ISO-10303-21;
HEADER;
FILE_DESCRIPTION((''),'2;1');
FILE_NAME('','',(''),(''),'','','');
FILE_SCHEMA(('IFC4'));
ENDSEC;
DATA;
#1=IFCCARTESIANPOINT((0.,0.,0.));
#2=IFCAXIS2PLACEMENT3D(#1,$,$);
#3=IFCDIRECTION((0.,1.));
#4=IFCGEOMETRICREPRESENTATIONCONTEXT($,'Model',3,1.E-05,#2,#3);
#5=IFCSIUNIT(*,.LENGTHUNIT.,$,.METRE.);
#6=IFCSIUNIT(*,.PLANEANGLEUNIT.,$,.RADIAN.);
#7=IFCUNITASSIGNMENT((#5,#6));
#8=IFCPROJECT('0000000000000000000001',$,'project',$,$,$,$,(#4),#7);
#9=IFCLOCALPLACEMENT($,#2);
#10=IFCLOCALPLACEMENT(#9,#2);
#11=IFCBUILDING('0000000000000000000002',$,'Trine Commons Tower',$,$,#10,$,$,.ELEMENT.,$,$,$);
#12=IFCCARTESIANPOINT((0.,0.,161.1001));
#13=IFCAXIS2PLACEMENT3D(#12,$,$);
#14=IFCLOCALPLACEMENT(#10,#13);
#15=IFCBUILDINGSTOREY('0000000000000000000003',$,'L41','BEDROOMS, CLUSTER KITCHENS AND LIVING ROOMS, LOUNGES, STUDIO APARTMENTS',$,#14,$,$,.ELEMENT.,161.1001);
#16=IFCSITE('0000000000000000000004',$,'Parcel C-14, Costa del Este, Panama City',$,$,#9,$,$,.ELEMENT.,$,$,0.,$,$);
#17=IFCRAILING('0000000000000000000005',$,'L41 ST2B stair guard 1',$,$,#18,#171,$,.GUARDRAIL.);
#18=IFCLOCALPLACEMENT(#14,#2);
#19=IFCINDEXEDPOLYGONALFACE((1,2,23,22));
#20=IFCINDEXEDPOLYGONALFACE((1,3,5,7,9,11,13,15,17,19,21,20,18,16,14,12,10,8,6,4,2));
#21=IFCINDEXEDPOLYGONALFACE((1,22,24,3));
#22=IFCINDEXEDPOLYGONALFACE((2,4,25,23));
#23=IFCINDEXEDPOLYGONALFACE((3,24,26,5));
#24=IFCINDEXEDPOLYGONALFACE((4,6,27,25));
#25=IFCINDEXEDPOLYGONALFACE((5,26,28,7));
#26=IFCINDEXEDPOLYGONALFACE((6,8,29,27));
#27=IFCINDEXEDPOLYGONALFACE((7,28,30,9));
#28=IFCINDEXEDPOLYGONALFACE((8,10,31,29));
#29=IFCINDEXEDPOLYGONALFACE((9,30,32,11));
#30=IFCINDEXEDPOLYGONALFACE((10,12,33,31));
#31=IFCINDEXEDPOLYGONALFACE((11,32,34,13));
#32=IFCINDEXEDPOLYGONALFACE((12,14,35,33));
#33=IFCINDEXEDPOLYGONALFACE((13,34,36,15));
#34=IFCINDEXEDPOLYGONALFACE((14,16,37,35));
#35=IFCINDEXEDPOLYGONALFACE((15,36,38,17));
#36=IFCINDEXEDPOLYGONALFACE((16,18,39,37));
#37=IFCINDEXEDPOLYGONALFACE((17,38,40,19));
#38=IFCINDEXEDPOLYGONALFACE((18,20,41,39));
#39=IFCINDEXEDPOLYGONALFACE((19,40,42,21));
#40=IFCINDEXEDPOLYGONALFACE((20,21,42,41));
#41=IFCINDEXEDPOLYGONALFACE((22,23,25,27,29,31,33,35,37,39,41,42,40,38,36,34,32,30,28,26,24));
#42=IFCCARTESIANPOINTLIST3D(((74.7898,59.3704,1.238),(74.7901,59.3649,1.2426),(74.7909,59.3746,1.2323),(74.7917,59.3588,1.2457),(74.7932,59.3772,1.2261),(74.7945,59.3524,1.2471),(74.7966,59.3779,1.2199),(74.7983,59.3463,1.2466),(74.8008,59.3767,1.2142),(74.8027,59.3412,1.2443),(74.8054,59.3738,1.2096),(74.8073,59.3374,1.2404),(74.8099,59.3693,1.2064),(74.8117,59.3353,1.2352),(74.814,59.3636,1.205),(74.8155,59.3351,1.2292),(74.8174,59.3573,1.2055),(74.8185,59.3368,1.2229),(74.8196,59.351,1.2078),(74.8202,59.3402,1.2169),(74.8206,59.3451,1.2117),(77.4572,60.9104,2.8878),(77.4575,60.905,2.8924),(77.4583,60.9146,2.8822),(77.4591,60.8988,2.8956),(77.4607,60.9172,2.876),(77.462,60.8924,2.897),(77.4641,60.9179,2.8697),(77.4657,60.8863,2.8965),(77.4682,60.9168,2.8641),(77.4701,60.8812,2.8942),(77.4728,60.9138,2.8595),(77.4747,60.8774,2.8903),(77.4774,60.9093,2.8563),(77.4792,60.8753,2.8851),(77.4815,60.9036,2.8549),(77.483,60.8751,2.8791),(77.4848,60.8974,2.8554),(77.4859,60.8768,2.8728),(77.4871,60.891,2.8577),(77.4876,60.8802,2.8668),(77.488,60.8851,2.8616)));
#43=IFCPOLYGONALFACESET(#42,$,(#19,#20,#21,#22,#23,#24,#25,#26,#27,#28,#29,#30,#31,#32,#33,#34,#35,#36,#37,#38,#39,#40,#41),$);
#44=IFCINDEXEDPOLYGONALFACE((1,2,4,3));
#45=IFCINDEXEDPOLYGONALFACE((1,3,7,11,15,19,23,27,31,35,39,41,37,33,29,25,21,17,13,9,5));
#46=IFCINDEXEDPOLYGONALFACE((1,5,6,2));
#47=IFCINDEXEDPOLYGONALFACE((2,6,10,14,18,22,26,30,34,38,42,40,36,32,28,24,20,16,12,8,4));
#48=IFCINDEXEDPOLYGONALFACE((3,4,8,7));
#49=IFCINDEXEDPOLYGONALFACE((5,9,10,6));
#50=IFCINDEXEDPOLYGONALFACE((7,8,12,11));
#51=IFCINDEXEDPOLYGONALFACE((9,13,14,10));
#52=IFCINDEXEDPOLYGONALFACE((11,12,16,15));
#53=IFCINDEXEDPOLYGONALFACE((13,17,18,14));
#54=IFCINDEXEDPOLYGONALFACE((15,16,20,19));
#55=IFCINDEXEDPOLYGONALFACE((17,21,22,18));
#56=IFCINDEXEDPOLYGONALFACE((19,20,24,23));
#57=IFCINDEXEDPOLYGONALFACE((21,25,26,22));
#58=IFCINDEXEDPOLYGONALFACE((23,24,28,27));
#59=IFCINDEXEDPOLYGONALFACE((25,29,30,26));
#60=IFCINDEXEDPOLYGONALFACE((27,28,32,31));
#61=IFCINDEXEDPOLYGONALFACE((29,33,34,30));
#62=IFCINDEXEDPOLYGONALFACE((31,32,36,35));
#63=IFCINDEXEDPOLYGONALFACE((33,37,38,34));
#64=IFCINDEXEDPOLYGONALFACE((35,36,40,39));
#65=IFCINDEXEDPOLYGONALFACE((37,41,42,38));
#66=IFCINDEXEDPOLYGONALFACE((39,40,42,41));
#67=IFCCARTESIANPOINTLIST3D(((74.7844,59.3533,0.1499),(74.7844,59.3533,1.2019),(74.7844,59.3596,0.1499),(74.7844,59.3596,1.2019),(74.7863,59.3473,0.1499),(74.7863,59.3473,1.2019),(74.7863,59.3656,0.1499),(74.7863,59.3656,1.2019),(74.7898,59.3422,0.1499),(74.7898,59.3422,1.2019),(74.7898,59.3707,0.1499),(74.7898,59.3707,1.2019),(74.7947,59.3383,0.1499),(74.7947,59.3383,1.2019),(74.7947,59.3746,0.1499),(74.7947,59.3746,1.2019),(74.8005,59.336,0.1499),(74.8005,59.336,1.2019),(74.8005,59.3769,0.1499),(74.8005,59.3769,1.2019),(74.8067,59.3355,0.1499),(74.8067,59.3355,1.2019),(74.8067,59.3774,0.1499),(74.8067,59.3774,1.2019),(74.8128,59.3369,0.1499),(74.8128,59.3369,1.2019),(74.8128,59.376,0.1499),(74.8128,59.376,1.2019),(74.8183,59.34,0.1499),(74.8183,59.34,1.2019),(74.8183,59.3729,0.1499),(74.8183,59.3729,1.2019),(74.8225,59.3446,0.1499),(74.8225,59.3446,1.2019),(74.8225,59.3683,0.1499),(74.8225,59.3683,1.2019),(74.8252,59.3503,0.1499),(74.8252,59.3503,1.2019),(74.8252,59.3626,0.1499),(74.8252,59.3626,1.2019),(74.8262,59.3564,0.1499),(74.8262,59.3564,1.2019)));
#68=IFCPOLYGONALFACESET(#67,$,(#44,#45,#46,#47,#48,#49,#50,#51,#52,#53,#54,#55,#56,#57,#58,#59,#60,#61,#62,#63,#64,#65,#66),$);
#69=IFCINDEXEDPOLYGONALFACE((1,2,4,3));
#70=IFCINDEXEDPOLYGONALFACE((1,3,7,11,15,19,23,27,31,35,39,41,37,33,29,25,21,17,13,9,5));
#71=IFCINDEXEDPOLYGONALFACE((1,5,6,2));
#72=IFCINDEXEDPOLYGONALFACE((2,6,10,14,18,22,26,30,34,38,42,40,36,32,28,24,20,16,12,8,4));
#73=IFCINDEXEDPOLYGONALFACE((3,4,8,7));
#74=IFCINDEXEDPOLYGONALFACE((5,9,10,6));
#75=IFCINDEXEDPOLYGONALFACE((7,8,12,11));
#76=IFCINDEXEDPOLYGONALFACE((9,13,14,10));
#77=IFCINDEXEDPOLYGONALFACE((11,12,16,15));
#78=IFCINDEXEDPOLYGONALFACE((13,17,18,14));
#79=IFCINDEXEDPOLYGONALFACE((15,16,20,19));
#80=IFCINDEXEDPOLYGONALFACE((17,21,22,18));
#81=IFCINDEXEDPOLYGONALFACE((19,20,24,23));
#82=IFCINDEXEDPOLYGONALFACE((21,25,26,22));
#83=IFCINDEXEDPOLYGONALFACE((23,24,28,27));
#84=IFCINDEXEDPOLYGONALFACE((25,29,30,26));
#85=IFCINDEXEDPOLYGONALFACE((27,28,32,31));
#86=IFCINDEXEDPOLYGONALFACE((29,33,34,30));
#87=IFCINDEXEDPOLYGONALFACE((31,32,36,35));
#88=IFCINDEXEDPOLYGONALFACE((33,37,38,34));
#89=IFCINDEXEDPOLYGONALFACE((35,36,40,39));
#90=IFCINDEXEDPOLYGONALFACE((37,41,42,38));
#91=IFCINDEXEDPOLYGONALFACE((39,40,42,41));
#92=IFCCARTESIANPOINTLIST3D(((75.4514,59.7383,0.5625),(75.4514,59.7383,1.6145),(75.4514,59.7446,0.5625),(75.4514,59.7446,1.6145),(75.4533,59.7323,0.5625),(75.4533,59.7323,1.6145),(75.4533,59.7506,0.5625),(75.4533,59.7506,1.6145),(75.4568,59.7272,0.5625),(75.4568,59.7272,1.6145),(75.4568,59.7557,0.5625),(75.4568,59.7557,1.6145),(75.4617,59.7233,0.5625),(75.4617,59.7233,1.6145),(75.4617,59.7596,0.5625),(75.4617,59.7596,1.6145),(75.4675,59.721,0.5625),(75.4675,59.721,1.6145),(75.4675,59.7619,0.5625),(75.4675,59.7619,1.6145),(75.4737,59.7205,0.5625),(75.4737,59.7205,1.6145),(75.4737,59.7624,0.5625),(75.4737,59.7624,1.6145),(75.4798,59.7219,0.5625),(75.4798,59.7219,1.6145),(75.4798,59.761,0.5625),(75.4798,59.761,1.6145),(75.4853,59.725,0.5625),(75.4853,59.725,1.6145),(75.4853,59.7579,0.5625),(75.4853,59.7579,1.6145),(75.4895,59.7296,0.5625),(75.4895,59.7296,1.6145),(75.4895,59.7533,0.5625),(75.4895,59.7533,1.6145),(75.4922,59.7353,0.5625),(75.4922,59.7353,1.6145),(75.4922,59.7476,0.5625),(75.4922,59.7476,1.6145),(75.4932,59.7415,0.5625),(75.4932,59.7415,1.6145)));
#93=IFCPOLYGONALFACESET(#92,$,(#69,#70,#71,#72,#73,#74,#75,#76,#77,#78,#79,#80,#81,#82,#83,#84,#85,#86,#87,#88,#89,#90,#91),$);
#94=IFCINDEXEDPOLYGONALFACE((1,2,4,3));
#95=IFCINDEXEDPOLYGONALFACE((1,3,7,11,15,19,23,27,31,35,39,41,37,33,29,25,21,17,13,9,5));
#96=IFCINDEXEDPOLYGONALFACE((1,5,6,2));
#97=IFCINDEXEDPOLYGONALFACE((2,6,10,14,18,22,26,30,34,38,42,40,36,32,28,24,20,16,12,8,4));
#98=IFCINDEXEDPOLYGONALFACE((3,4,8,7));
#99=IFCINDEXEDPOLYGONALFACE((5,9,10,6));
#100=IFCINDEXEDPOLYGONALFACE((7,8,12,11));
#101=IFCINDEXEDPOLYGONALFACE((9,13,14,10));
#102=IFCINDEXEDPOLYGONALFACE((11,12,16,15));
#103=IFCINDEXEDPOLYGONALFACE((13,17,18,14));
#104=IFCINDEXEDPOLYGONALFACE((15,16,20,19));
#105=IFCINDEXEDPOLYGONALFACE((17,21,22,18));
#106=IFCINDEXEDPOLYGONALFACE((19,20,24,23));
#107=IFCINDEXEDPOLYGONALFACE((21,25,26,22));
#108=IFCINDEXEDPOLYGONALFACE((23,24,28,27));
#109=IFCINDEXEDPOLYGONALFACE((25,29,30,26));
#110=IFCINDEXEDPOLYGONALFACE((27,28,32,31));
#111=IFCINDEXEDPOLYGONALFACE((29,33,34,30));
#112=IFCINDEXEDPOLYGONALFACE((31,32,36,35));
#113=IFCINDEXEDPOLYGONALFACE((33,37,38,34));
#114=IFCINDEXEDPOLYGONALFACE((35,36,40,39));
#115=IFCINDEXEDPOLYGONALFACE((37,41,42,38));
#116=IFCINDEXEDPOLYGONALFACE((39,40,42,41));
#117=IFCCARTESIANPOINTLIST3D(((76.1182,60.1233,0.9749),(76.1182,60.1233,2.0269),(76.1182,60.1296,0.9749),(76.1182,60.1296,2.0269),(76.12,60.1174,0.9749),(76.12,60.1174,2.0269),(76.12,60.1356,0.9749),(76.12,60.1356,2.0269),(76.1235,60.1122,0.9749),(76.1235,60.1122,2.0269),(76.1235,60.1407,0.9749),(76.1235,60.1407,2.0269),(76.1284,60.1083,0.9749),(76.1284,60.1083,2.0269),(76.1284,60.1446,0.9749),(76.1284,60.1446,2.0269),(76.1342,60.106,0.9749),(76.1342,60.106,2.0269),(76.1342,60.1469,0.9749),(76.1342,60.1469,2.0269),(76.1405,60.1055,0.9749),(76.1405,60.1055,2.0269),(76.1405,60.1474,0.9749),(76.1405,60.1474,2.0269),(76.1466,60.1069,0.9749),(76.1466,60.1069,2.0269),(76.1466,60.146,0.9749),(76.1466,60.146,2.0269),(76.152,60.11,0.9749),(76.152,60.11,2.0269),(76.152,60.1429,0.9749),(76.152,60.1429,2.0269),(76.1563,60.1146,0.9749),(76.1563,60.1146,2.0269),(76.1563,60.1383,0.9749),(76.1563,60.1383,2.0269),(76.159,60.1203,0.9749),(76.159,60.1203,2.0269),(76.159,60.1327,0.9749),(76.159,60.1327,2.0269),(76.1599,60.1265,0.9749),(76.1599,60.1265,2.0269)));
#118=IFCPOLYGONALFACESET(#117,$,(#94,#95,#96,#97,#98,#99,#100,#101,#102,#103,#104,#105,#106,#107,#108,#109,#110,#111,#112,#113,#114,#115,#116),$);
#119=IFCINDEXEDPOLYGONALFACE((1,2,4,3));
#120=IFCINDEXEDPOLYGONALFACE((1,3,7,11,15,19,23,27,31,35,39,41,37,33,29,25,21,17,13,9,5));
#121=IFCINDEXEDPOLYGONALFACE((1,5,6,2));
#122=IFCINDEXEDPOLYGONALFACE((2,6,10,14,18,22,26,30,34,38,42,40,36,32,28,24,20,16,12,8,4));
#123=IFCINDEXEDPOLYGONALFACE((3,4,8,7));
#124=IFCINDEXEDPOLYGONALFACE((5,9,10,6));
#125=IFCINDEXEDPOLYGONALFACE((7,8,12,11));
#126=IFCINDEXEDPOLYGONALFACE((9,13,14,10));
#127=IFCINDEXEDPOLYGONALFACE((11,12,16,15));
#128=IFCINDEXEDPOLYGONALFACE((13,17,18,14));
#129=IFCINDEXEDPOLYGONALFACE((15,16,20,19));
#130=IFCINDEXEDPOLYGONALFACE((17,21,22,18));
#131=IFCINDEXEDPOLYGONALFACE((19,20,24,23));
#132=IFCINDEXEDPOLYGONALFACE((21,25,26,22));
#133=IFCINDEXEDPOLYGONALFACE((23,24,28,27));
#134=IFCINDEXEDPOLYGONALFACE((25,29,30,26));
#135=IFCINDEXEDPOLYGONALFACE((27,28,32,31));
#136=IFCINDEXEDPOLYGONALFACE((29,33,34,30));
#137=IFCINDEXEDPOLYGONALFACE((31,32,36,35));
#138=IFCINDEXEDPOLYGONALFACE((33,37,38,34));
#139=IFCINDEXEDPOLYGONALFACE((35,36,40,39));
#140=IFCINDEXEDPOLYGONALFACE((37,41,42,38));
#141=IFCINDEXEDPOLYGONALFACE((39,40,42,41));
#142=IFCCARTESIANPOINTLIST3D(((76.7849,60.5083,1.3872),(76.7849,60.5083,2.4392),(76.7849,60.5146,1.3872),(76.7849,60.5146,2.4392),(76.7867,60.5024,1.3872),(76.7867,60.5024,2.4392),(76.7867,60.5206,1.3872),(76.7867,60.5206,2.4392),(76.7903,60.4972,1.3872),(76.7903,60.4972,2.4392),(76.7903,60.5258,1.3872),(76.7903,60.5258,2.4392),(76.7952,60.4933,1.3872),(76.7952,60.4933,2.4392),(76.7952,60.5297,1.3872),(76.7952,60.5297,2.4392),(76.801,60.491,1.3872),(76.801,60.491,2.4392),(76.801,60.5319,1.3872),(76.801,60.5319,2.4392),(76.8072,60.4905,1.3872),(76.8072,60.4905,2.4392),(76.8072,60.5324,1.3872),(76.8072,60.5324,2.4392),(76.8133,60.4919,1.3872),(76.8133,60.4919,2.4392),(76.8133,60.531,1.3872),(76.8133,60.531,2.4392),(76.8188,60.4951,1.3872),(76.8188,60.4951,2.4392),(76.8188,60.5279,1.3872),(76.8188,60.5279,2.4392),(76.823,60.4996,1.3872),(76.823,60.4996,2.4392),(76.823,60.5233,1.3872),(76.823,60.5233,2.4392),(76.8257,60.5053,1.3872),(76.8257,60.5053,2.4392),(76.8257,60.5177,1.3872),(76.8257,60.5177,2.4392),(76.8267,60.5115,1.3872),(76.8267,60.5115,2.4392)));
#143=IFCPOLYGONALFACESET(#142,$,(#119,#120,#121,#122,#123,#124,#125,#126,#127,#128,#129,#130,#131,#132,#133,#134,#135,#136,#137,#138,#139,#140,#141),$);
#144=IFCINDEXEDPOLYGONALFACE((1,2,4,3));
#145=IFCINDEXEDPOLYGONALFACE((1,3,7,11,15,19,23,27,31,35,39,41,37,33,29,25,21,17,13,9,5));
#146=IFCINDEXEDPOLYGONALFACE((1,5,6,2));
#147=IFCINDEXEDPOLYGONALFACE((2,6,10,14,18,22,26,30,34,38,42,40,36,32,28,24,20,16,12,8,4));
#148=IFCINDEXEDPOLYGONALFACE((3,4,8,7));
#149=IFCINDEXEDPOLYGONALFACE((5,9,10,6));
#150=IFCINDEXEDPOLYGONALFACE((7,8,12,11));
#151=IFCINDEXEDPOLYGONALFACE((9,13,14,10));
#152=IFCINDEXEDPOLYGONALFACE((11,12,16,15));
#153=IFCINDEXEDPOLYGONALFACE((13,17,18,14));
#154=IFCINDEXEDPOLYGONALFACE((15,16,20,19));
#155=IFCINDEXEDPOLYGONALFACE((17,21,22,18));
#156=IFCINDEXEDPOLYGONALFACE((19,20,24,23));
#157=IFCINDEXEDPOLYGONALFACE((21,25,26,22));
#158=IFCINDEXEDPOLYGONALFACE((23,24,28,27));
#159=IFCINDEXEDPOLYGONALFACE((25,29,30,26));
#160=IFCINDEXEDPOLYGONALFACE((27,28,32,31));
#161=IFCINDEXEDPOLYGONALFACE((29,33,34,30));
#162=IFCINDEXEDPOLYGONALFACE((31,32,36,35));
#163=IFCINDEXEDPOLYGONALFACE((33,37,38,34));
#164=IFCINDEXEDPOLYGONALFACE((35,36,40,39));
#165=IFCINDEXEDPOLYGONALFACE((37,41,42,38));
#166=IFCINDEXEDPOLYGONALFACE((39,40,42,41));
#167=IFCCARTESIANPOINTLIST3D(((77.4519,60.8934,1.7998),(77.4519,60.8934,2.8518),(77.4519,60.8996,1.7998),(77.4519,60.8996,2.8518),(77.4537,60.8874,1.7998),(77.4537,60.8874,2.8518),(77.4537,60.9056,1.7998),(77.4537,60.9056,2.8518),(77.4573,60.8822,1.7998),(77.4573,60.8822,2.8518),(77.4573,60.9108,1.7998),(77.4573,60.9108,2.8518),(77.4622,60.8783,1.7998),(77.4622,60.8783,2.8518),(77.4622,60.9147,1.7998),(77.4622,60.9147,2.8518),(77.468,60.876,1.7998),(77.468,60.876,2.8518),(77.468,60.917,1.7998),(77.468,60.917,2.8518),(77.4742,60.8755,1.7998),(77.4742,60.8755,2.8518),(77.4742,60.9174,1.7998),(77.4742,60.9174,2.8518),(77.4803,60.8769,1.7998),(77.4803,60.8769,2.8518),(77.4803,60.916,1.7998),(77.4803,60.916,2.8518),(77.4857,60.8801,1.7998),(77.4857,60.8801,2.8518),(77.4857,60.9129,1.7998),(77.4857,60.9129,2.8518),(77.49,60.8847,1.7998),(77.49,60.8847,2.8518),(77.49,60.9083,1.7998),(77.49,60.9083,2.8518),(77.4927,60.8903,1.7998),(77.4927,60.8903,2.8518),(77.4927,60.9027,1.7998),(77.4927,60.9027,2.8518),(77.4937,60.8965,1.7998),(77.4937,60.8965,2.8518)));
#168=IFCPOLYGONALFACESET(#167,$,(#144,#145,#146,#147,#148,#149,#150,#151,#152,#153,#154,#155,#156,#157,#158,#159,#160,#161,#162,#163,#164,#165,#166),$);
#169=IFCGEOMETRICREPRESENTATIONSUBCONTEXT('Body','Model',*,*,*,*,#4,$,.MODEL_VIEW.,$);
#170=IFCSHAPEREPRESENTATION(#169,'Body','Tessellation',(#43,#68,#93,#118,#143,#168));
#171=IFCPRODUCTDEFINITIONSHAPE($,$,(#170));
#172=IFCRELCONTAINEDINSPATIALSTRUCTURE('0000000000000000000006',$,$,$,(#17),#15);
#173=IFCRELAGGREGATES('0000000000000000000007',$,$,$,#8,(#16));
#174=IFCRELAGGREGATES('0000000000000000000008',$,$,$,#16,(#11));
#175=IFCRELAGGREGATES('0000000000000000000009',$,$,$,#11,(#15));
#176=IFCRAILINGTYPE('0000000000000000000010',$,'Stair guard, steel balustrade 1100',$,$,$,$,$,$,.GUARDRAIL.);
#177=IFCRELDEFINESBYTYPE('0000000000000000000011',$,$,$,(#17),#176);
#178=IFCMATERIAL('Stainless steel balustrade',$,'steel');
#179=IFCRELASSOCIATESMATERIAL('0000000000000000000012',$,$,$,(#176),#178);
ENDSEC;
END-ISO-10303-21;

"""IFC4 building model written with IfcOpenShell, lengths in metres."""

from ifc_helpers import new_model, si_unit, direction, frame, origin, origin_2d, place, context, subcontext, project, spatial, circle, extrude, material, type_object, element, save


model = new_model("IFC4")

# Units and contexts
model_context = context("Model", 3, precision=1e-05, world=origin(), true_north=direction((0.0, 1.0)))
body_context = subcontext(model_context, "Body", "Model", "MODEL_VIEW")
ifc_project = project(units=[si_unit("LENGTHUNIT", "METRE"), si_unit("PLANEANGLEUNIT", "RADIAN")], contexts=[model_context])

# Site, building, storey
site_placement = place(None, origin())
site = spatial("IfcSite", under=ifc_project, at=site_placement, Name="Parcel C-14, Costa del Este, Panama City", CompositionType="ELEMENT", RefElevation=0.0)
building_placement = place(site_placement, origin())
building = spatial("IfcBuilding", under=site, at=building_placement, Name="Trine Commons Tower", CompositionType="ELEMENT")
storey_placement = place(building_placement, frame((0.0, 0.0, 161.1001)))
storey = spatial("IfcBuildingStorey", under=building, at=storey_placement, Name="L41", Description="BEDROOMS, CLUSTER KITCHENS AND LIVING ROOMS, LOUNGES, STUDIO APARTMENTS", CompositionType="ELEMENT", Elevation=161.1001)

# Railing
ifc_material_1 = material(Name="Stainless steel balustrade", Category="steel")
railing_type_1 = type_object("IfcRailingType", Name="Stair guard, steel balustrade 1100", PredefinedType="GUARDRAIL", material=ifc_material_1)
railing_1_placement = place(storey_placement, frame((74.8052, 59.3564, 0.1499)))
element("IfcRailing", 1, at=railing_1_placement, inside=storey, type_object=railing_type_1, Name="L41 ST2B stair guard 1", PredefinedType="GUARDRAIL", context=body_context, shape_type="SweptSolid", body=[
    extrude(circle(Radius=0.0239, at=origin_2d()), frame((0.0, 0.0, 1.0762), z_axis=(0.763405, 0.440743, 0.472185), x_axis=(-0.499992, 0.86603, 0.0)), (0.0, 0.0, 1.0), 3.4941),
    extrude(circle(Radius=0.021, at=origin_2d()), origin(), (0.0, 0.0, 1.0), 1.052),
    extrude(circle(Radius=0.021, at=origin_2d()), frame((0.667, 0.385, 0.4126)), (0.0, 0.0, 1.0), 1.052),
    extrude(circle(Radius=0.021, at=origin_2d()), frame((1.3337, 0.77, 0.825)), (0.0, 0.0, 1.0), 1.052),
    extrude(circle(Radius=0.021, at=origin_2d()), frame((2.0005, 1.155, 1.2373)), (0.0, 0.0, 1.0), 1.052),
    extrude(circle(Radius=0.021, at=origin_2d()), frame((2.6675, 1.54, 1.6499)), (0.0, 0.0, 1.0), 1.052),
])

save(model, "model.ifc")
